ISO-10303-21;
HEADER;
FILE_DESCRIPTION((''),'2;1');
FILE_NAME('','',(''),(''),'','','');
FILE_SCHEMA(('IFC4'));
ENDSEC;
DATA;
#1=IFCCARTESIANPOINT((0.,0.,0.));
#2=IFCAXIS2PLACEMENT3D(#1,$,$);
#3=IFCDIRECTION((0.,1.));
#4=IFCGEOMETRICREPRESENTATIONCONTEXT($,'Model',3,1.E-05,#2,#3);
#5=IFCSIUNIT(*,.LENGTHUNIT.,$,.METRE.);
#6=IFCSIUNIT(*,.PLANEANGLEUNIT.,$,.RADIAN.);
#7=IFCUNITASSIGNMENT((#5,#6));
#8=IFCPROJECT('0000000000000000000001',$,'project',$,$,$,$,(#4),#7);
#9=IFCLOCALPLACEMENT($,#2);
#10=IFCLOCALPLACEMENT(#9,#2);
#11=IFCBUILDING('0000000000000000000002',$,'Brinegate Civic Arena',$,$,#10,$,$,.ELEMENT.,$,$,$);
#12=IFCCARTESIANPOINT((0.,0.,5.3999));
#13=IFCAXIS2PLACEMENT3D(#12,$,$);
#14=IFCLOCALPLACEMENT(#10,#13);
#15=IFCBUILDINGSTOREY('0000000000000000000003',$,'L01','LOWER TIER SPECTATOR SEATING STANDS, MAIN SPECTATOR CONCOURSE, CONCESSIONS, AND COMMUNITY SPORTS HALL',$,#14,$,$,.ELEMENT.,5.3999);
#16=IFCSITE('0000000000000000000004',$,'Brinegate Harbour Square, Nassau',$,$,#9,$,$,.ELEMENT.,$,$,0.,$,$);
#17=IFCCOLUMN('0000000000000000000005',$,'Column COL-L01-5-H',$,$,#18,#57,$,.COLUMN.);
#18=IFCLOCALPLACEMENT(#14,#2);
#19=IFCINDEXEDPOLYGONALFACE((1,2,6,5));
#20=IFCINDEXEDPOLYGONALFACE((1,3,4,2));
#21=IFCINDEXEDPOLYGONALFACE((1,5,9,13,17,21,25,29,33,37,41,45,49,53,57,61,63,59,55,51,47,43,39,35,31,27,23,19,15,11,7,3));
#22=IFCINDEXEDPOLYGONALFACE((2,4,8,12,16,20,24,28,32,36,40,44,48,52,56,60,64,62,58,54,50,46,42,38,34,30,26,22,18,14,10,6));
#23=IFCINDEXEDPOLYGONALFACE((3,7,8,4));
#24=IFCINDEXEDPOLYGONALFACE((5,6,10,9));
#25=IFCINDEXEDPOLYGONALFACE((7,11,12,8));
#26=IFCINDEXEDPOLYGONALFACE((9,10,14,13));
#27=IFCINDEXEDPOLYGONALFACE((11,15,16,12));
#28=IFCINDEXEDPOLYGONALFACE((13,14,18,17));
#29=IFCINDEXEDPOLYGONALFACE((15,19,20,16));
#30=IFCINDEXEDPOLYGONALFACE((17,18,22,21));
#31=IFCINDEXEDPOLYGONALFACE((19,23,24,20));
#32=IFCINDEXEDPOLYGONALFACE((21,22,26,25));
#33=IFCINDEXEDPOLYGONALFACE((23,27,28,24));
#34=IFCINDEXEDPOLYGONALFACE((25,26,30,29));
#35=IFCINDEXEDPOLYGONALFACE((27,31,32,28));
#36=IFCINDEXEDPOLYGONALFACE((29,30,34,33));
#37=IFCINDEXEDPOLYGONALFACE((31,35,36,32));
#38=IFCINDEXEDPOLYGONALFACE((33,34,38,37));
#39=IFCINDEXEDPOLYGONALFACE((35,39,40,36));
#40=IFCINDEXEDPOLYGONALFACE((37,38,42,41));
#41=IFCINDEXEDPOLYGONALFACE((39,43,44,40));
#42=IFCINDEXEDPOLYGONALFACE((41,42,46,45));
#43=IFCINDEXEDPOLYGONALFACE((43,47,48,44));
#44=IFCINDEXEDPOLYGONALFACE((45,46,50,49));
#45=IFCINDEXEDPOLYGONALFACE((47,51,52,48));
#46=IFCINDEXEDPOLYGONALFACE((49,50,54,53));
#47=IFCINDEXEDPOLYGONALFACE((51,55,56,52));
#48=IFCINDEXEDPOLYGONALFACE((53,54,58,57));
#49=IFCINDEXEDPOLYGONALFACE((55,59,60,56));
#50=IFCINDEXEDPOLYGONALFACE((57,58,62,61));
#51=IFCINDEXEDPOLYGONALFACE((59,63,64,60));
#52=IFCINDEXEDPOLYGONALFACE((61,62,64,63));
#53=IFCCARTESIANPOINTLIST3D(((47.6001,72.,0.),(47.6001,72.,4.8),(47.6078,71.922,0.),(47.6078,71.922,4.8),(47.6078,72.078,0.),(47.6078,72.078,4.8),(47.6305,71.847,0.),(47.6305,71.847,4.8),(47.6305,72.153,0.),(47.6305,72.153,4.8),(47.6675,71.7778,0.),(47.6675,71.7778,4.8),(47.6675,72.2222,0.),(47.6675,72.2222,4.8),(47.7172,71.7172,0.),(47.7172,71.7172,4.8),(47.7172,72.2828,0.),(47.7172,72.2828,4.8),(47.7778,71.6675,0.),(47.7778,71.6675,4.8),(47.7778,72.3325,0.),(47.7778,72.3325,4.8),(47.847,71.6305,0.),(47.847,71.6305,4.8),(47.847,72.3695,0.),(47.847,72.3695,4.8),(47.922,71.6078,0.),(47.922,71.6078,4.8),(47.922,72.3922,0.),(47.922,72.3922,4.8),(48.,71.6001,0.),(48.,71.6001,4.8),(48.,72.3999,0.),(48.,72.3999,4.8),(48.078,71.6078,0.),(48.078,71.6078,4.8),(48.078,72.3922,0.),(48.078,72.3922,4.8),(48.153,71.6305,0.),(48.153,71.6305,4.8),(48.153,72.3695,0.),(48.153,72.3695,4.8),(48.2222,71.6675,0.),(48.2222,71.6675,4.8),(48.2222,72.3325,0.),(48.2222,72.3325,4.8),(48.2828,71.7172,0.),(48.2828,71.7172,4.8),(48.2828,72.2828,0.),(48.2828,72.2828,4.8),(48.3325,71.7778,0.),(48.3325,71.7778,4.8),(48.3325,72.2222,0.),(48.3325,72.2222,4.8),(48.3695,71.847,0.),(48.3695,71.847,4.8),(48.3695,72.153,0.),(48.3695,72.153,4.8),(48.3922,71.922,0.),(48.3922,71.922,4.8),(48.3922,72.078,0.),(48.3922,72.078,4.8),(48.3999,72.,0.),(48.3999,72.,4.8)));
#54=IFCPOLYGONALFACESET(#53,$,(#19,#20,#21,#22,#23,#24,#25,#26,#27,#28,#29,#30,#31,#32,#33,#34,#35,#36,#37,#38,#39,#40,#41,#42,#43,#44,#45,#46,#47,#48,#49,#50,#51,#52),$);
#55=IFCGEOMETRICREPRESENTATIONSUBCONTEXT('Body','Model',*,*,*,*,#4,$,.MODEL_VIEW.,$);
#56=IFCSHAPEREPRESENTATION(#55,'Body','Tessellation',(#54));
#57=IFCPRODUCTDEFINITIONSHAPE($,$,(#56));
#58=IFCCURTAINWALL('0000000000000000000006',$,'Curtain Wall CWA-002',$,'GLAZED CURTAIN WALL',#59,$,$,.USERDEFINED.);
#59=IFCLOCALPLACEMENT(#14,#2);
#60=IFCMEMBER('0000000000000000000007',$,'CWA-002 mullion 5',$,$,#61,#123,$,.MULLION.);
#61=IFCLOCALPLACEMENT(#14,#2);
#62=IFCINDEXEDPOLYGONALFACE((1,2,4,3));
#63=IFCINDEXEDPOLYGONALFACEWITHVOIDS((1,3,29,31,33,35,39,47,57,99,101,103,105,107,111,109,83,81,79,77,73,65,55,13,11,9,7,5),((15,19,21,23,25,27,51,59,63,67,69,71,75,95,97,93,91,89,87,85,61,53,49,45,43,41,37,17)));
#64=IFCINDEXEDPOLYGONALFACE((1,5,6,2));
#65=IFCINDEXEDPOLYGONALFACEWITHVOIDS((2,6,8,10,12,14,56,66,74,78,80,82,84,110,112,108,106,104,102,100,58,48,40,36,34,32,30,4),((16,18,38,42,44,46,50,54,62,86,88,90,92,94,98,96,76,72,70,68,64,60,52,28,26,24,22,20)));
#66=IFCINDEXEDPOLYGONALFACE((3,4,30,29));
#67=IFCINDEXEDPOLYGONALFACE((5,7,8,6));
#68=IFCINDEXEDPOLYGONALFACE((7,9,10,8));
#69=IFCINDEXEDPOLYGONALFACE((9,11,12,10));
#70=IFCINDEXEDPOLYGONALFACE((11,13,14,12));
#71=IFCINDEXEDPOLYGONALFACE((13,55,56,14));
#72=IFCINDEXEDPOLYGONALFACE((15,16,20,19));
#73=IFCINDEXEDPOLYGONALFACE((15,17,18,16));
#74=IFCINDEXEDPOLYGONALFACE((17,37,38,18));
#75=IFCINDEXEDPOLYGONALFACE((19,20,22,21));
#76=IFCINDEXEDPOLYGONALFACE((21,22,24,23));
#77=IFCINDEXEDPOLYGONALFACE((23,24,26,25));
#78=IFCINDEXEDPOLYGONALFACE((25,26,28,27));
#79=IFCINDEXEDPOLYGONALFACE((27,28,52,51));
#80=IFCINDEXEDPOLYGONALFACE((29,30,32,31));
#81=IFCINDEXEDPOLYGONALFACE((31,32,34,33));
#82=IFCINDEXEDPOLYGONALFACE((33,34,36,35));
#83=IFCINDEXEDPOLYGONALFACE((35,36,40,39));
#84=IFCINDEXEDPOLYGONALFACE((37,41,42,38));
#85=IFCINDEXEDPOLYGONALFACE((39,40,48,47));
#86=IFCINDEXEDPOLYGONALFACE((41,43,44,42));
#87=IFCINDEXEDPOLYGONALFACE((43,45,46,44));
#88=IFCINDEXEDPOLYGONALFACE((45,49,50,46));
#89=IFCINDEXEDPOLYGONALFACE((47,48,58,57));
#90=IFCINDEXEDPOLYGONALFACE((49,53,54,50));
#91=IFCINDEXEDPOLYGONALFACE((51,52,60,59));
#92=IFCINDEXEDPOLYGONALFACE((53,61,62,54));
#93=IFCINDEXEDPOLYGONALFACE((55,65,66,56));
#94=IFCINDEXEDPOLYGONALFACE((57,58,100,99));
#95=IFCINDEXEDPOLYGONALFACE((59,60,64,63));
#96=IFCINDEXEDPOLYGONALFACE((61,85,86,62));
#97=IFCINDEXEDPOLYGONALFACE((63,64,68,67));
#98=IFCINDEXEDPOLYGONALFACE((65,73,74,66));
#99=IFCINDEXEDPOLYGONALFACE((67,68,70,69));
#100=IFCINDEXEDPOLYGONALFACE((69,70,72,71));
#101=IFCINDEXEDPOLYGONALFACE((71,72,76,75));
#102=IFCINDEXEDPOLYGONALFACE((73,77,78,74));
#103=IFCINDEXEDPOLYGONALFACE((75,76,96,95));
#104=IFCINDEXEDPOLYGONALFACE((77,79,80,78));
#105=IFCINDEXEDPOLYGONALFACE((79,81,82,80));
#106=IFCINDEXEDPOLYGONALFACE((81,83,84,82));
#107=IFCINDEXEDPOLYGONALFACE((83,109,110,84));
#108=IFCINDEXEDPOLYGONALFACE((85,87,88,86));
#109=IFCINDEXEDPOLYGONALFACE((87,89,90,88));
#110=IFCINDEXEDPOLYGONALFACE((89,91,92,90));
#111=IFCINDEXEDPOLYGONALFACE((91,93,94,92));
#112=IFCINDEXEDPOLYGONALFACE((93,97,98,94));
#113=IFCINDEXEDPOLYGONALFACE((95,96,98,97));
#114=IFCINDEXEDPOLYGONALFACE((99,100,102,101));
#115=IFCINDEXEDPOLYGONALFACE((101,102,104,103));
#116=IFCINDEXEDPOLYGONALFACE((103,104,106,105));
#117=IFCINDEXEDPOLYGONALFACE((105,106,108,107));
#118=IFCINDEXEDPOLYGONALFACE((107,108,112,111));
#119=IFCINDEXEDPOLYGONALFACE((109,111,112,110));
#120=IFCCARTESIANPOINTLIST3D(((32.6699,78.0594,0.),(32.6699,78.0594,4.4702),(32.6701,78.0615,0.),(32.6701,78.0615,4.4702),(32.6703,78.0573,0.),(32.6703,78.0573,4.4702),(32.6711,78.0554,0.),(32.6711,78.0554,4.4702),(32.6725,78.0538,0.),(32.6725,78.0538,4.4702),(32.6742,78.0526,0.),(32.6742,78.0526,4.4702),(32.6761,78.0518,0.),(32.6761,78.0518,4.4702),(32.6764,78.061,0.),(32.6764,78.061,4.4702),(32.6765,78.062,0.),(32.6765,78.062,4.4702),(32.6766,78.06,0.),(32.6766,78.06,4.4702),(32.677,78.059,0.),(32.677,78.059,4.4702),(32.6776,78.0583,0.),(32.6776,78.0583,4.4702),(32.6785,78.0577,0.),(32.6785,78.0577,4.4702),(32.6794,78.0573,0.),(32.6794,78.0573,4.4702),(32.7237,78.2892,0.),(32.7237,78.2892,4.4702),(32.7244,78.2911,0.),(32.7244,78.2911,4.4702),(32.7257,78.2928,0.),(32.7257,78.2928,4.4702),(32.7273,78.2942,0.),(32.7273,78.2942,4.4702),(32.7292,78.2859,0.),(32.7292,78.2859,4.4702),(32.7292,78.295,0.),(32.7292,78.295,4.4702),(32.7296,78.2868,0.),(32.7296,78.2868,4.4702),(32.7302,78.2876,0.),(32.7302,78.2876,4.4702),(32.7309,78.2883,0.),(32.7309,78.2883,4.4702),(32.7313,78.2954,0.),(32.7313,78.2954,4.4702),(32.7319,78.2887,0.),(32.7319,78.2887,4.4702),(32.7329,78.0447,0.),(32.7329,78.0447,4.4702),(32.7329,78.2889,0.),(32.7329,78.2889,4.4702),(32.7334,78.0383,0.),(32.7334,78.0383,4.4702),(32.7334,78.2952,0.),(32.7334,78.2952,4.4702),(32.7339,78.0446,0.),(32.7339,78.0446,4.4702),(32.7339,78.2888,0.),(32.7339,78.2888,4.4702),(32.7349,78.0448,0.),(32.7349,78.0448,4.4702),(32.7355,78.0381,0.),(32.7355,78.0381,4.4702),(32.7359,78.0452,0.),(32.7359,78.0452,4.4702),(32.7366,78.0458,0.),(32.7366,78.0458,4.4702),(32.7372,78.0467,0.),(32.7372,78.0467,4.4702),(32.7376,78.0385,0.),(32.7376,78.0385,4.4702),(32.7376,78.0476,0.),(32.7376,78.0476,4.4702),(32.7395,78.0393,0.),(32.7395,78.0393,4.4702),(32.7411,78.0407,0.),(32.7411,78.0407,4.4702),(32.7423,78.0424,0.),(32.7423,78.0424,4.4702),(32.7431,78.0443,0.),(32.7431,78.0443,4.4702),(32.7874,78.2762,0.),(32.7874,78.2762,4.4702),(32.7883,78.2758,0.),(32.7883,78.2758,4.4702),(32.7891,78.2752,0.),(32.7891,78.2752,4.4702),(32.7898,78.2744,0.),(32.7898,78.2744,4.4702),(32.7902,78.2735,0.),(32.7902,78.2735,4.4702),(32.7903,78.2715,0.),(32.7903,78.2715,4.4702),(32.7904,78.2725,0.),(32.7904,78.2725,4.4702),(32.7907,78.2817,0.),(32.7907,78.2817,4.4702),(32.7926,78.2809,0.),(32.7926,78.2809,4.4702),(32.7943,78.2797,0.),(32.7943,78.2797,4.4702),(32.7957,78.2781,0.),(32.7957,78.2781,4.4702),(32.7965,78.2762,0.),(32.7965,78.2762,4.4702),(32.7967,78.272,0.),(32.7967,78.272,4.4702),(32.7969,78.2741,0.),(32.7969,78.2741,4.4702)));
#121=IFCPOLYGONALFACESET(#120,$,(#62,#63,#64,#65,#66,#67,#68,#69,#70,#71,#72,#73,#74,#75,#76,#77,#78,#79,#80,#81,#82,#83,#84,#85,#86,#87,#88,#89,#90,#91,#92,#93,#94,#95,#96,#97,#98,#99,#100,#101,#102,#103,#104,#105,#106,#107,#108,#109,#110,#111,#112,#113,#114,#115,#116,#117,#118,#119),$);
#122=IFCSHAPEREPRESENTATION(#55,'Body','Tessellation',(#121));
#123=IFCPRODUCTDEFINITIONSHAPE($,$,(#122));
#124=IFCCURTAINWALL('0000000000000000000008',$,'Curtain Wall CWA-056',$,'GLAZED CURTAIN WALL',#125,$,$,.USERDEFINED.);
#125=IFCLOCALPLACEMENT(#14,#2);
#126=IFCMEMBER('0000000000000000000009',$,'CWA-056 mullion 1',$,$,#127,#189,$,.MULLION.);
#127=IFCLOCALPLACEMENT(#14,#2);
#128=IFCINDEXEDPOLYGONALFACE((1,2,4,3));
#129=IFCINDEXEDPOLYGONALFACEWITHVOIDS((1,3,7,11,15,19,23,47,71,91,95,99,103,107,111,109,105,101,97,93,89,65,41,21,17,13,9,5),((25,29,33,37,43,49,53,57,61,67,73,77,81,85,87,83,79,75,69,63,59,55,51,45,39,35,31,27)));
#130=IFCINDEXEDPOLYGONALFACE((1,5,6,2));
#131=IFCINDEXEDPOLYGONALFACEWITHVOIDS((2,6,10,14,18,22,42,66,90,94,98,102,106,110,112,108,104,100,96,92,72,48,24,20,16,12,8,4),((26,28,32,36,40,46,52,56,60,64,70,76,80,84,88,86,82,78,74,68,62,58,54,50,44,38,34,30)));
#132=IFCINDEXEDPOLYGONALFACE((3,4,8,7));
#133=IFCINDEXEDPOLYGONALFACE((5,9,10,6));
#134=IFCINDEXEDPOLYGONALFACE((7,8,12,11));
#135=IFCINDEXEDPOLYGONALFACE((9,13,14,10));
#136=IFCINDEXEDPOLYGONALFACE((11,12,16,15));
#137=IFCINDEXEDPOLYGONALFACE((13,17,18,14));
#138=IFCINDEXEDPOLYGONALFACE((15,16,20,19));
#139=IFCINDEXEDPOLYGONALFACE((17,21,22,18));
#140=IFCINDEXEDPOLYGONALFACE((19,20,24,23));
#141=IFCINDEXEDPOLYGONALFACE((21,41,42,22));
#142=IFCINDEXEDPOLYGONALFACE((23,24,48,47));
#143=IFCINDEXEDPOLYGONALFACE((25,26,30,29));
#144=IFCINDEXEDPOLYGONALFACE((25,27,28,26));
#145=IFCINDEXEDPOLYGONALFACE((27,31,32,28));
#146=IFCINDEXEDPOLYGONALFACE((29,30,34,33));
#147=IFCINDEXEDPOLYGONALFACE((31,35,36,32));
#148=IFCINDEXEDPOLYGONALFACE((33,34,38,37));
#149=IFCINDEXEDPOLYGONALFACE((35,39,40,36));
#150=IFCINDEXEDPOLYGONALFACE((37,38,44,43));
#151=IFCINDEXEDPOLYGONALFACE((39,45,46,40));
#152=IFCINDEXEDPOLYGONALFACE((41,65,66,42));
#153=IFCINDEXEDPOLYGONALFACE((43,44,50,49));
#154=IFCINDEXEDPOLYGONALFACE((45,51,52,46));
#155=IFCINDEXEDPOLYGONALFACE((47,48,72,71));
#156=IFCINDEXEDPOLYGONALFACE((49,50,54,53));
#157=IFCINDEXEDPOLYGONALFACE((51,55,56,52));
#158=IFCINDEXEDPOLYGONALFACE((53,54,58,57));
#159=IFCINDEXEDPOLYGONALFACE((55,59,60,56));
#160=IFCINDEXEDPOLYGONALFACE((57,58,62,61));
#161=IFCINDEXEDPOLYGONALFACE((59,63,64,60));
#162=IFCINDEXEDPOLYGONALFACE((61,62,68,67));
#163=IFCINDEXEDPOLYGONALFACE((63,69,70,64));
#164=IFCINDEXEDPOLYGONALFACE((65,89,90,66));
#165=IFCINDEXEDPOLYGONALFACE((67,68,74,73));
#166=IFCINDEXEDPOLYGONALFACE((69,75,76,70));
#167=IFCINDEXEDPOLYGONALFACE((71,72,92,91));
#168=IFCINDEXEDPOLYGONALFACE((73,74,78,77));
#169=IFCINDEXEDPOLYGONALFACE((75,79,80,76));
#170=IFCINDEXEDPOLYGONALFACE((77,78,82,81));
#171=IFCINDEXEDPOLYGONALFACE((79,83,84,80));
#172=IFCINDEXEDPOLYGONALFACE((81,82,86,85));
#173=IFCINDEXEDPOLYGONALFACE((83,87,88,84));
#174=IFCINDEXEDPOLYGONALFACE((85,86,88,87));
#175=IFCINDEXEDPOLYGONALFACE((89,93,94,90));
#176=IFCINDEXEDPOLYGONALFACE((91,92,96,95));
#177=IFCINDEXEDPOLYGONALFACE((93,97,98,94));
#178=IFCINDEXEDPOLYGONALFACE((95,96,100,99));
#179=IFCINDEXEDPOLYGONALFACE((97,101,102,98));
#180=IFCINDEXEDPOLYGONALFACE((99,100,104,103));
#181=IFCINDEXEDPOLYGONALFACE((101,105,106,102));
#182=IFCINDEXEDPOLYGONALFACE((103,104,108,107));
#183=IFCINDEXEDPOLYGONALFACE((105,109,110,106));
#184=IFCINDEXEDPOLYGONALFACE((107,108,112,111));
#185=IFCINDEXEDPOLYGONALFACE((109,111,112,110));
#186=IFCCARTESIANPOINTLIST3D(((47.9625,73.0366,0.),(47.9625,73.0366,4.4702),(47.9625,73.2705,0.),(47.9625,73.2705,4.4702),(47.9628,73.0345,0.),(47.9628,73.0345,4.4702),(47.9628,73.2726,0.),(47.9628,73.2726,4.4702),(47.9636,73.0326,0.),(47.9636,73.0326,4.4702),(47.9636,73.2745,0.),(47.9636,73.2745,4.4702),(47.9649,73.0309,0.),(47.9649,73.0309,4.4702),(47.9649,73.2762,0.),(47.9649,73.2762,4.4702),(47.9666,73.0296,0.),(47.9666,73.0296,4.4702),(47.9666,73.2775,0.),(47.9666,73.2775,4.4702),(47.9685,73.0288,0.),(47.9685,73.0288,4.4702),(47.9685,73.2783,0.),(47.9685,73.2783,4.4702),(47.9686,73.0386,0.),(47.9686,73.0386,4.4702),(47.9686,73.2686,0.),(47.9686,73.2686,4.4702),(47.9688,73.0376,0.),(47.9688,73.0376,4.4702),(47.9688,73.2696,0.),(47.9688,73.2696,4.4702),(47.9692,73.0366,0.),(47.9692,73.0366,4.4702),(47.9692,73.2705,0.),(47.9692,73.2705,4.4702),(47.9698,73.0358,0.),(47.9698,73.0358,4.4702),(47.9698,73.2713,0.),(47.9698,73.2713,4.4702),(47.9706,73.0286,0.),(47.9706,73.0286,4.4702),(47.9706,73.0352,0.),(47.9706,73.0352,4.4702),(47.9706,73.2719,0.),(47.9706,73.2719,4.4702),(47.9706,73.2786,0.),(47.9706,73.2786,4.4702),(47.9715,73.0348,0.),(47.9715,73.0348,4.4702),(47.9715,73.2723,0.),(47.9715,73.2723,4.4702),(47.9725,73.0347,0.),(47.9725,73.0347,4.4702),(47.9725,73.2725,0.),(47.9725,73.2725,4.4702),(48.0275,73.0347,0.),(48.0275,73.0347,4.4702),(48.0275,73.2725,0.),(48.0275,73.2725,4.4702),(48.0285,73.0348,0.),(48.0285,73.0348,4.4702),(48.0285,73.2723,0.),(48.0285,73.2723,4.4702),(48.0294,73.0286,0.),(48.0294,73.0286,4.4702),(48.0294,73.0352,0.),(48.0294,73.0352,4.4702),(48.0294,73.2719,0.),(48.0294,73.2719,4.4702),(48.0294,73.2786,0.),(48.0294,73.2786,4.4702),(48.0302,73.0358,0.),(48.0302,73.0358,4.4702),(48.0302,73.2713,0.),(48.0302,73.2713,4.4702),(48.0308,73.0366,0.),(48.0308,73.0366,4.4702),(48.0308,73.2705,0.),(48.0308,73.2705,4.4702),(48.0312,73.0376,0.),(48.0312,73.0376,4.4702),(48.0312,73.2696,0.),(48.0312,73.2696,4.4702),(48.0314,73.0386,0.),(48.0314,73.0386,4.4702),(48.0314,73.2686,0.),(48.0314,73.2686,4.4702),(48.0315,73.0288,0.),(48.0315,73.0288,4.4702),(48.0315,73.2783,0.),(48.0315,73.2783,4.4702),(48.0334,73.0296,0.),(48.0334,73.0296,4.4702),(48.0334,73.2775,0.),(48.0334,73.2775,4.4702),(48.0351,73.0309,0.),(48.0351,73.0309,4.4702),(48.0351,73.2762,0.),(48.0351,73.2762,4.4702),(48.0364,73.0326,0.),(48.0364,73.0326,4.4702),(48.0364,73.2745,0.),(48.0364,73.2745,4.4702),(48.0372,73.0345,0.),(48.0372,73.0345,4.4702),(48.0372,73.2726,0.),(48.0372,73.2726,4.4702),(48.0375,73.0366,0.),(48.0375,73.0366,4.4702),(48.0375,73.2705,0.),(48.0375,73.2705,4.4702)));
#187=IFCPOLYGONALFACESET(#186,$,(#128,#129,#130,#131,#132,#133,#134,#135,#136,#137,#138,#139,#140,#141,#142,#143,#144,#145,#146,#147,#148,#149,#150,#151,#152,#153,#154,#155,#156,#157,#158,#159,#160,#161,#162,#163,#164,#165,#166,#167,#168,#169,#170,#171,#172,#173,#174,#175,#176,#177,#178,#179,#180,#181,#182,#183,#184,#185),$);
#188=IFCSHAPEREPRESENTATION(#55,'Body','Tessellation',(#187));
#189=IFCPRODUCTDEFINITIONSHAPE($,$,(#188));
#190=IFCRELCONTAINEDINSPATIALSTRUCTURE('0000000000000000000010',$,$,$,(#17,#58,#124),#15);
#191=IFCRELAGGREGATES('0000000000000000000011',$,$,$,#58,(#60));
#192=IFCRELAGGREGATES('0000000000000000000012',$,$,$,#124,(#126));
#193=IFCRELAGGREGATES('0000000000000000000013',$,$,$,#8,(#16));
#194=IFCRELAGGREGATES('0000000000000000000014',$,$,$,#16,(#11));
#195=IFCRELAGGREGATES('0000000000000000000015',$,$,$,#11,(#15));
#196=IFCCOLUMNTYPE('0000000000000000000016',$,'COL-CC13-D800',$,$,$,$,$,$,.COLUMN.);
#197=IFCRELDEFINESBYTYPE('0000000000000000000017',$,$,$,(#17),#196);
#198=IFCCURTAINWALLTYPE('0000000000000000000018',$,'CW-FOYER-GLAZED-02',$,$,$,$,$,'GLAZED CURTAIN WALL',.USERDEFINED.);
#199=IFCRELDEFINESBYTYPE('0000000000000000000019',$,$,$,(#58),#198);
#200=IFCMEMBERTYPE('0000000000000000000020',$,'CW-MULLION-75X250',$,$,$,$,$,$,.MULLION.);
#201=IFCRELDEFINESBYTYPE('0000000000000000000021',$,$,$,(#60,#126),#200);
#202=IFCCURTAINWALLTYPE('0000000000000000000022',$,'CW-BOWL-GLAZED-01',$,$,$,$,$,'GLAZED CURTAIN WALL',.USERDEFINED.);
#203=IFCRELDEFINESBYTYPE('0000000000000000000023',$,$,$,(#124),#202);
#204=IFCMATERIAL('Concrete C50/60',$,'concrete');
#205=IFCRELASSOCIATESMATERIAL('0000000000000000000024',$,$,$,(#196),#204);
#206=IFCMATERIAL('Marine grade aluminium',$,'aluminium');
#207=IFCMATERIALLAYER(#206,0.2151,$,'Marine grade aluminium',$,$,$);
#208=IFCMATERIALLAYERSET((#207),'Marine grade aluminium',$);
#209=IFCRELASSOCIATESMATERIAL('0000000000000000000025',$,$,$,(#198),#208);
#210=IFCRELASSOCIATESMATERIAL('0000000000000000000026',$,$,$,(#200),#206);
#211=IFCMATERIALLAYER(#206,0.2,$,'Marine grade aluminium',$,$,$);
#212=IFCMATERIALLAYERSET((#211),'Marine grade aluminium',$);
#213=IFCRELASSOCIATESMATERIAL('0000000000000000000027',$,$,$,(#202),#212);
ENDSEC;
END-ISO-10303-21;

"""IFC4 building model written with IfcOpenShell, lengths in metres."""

from ifc_helpers import new_model, si_unit, direction, frame, origin, origin_2d, place, context, subcontext, project, spatial, hollow_rectangle, circle, extrude, material, layer, layer_set, material_profile, profile_set, type_object, element, aggregate, save


model = new_model("IFC4")

# Units and contexts
model_context = context("Model", 3, precision=1e-05, world=origin(), true_north=direction((0.0, 1.0)))
body_context = subcontext(model_context, "Body", "Model", "MODEL_VIEW")
ifc_project = project(units=[si_unit("LENGTHUNIT", "METRE"), si_unit("PLANEANGLEUNIT", "RADIAN")], contexts=[model_context])

# Site, building, storey
site_placement = place(None, origin())
site = spatial("IfcSite", under=ifc_project, at=site_placement, Name="Brinegate Harbour Square, Nassau", CompositionType="ELEMENT", RefElevation=0.0)
building_placement = place(site_placement, origin())
building = spatial("IfcBuilding", under=site, at=building_placement, Name="Brinegate Civic Arena", CompositionType="ELEMENT")
storey_placement = place(building_placement, frame((0.0, 0.0, 5.3999)))
storey = spatial("IfcBuildingStorey", under=building, at=storey_placement, Name="L01", Description="LOWER TIER SPECTATOR SEATING STANDS, MAIN SPECTATOR CONCOURSE, CONCESSIONS, AND COMMUNITY SPORTS HALL", CompositionType="ELEMENT", Elevation=5.3999)

# Column
ifc_material_1 = material(Name="Concrete C50/60", Category="concrete")
ifc_material_profile_1 = material_profile(ifc_material_1, circle(Radius=0.3999, at=origin_2d()), Name="RCD800")
ifc_profile_set_1 = profile_set([ifc_material_profile_1], Name="Concrete C50/60")
column_type = type_object("IfcColumnType", Name="COL-CC13-D800", PredefinedType="COLUMN", material=ifc_profile_set_1)
column_placement = place(storey_placement, frame((48.0, 72.0, 0.0), z_axis=(0.0, 0.0, 1.0), x_axis=(1.0, 0.0, 0.0)))
element("IfcColumn", 1, at=column_placement, inside=storey, type_object=column_type, Name="Column COL-L01-5-H", PredefinedType="COLUMN", context=body_context, shape_type="SweptSolid", body=[
    extrude(circle(Radius=0.3999, at=origin_2d()), origin(), (0.0, 0.0, 1.0), 4.8),
])

# Curtain wall, member
ifc_material_2 = material(Name="Marine grade aluminium", Category="aluminium")
ifc_layer_1 = layer(ifc_material_2, 0.2151, Name="Marine grade aluminium")
ifc_layer_set_1 = layer_set([ifc_layer_1], Name="Marine grade aluminium")
curtain_wall_type_1 = type_object("IfcCurtainWallType", Name="CW-FOYER-GLAZED-02", ElementType="GLAZED CURTAIN WALL", PredefinedType="USERDEFINED", material=ifc_layer_set_1)
curtain_wall_1_placement = place(storey_placement, origin())
curtain_wall_1 = element("IfcCurtainWall", 2, at=curtain_wall_1_placement, inside=storey, type_object=curtain_wall_type_1, Name="Curtain Wall CWA-002", ObjectType="GLAZED CURTAIN WALL", PredefinedType="USERDEFINED")
ifc_material_profile_2 = material_profile(ifc_material_2, hollow_rectangle(XDim=0.075, YDim=0.25, WallThickness=0.0061, InnerFilletRadius=0.0039, OuterFilletRadius=0.0081, at=origin_2d()), Name="MUL75X250")
ifc_profile_set_2 = profile_set([ifc_material_profile_2], Name="Marine grade aluminium")
member_type_1 = type_object("IfcMemberType", Name="CW-MULLION-75X250", PredefinedType="MULLION", material=ifc_profile_set_2)
member_1_placement = place(storey_placement, frame((32.7334, 78.1667, 0.0), z_axis=(0.0, 0.0, 1.0), x_axis=(-0.973417, 0.229039, 0.0)))
member_1 = element("IfcMember", 3, at=member_1_placement, type_object=member_type_1, Name="CWA-002 mullion 5", PredefinedType="MULLION", context=body_context, shape_type="SweptSolid", body=[
    extrude(hollow_rectangle(XDim=0.075, YDim=0.25, WallThickness=0.0061, InnerFilletRadius=0.0039, OuterFilletRadius=0.0081, at=origin_2d()), origin(), (0.0, 0.0, 1.0), 4.4702),
])

# Curtain wall, member
ifc_layer_2 = layer(ifc_material_2, 0.2, Name="Marine grade aluminium")
ifc_layer_set_2 = layer_set([ifc_layer_2], Name="Marine grade aluminium")
curtain_wall_type_2 = type_object("IfcCurtainWallType", Name="CW-BOWL-GLAZED-01", ElementType="GLAZED CURTAIN WALL", PredefinedType="USERDEFINED", material=ifc_layer_set_2)
curtain_wall_2_placement = place(storey_placement, origin())
curtain_wall_2 = element("IfcCurtainWall", 4, at=curtain_wall_2_placement, inside=storey, type_object=curtain_wall_type_2, Name="Curtain Wall CWA-056", ObjectType="GLAZED CURTAIN WALL", PredefinedType="USERDEFINED")
member_2_placement = place(storey_placement, frame((48.0, 73.1536, 0.0), z_axis=(0.0, 0.0, 1.0), x_axis=(-1.0, 0.0, 0.0)))
member_2 = element("IfcMember", 5, at=member_2_placement, type_object=member_type_1, Name="CWA-056 mullion 1", PredefinedType="MULLION", context=body_context, shape_type="SweptSolid", body=[
    extrude(hollow_rectangle(XDim=0.075, YDim=0.25, WallThickness=0.0061, InnerFilletRadius=0.0039, OuterFilletRadius=0.0081, at=origin_2d()), origin(), (0.0, 0.0, 1.0), 4.4702),
])

aggregate(curtain_wall_1, [member_1])
aggregate(curtain_wall_2, [member_2])

save(model, "model.ifc")
